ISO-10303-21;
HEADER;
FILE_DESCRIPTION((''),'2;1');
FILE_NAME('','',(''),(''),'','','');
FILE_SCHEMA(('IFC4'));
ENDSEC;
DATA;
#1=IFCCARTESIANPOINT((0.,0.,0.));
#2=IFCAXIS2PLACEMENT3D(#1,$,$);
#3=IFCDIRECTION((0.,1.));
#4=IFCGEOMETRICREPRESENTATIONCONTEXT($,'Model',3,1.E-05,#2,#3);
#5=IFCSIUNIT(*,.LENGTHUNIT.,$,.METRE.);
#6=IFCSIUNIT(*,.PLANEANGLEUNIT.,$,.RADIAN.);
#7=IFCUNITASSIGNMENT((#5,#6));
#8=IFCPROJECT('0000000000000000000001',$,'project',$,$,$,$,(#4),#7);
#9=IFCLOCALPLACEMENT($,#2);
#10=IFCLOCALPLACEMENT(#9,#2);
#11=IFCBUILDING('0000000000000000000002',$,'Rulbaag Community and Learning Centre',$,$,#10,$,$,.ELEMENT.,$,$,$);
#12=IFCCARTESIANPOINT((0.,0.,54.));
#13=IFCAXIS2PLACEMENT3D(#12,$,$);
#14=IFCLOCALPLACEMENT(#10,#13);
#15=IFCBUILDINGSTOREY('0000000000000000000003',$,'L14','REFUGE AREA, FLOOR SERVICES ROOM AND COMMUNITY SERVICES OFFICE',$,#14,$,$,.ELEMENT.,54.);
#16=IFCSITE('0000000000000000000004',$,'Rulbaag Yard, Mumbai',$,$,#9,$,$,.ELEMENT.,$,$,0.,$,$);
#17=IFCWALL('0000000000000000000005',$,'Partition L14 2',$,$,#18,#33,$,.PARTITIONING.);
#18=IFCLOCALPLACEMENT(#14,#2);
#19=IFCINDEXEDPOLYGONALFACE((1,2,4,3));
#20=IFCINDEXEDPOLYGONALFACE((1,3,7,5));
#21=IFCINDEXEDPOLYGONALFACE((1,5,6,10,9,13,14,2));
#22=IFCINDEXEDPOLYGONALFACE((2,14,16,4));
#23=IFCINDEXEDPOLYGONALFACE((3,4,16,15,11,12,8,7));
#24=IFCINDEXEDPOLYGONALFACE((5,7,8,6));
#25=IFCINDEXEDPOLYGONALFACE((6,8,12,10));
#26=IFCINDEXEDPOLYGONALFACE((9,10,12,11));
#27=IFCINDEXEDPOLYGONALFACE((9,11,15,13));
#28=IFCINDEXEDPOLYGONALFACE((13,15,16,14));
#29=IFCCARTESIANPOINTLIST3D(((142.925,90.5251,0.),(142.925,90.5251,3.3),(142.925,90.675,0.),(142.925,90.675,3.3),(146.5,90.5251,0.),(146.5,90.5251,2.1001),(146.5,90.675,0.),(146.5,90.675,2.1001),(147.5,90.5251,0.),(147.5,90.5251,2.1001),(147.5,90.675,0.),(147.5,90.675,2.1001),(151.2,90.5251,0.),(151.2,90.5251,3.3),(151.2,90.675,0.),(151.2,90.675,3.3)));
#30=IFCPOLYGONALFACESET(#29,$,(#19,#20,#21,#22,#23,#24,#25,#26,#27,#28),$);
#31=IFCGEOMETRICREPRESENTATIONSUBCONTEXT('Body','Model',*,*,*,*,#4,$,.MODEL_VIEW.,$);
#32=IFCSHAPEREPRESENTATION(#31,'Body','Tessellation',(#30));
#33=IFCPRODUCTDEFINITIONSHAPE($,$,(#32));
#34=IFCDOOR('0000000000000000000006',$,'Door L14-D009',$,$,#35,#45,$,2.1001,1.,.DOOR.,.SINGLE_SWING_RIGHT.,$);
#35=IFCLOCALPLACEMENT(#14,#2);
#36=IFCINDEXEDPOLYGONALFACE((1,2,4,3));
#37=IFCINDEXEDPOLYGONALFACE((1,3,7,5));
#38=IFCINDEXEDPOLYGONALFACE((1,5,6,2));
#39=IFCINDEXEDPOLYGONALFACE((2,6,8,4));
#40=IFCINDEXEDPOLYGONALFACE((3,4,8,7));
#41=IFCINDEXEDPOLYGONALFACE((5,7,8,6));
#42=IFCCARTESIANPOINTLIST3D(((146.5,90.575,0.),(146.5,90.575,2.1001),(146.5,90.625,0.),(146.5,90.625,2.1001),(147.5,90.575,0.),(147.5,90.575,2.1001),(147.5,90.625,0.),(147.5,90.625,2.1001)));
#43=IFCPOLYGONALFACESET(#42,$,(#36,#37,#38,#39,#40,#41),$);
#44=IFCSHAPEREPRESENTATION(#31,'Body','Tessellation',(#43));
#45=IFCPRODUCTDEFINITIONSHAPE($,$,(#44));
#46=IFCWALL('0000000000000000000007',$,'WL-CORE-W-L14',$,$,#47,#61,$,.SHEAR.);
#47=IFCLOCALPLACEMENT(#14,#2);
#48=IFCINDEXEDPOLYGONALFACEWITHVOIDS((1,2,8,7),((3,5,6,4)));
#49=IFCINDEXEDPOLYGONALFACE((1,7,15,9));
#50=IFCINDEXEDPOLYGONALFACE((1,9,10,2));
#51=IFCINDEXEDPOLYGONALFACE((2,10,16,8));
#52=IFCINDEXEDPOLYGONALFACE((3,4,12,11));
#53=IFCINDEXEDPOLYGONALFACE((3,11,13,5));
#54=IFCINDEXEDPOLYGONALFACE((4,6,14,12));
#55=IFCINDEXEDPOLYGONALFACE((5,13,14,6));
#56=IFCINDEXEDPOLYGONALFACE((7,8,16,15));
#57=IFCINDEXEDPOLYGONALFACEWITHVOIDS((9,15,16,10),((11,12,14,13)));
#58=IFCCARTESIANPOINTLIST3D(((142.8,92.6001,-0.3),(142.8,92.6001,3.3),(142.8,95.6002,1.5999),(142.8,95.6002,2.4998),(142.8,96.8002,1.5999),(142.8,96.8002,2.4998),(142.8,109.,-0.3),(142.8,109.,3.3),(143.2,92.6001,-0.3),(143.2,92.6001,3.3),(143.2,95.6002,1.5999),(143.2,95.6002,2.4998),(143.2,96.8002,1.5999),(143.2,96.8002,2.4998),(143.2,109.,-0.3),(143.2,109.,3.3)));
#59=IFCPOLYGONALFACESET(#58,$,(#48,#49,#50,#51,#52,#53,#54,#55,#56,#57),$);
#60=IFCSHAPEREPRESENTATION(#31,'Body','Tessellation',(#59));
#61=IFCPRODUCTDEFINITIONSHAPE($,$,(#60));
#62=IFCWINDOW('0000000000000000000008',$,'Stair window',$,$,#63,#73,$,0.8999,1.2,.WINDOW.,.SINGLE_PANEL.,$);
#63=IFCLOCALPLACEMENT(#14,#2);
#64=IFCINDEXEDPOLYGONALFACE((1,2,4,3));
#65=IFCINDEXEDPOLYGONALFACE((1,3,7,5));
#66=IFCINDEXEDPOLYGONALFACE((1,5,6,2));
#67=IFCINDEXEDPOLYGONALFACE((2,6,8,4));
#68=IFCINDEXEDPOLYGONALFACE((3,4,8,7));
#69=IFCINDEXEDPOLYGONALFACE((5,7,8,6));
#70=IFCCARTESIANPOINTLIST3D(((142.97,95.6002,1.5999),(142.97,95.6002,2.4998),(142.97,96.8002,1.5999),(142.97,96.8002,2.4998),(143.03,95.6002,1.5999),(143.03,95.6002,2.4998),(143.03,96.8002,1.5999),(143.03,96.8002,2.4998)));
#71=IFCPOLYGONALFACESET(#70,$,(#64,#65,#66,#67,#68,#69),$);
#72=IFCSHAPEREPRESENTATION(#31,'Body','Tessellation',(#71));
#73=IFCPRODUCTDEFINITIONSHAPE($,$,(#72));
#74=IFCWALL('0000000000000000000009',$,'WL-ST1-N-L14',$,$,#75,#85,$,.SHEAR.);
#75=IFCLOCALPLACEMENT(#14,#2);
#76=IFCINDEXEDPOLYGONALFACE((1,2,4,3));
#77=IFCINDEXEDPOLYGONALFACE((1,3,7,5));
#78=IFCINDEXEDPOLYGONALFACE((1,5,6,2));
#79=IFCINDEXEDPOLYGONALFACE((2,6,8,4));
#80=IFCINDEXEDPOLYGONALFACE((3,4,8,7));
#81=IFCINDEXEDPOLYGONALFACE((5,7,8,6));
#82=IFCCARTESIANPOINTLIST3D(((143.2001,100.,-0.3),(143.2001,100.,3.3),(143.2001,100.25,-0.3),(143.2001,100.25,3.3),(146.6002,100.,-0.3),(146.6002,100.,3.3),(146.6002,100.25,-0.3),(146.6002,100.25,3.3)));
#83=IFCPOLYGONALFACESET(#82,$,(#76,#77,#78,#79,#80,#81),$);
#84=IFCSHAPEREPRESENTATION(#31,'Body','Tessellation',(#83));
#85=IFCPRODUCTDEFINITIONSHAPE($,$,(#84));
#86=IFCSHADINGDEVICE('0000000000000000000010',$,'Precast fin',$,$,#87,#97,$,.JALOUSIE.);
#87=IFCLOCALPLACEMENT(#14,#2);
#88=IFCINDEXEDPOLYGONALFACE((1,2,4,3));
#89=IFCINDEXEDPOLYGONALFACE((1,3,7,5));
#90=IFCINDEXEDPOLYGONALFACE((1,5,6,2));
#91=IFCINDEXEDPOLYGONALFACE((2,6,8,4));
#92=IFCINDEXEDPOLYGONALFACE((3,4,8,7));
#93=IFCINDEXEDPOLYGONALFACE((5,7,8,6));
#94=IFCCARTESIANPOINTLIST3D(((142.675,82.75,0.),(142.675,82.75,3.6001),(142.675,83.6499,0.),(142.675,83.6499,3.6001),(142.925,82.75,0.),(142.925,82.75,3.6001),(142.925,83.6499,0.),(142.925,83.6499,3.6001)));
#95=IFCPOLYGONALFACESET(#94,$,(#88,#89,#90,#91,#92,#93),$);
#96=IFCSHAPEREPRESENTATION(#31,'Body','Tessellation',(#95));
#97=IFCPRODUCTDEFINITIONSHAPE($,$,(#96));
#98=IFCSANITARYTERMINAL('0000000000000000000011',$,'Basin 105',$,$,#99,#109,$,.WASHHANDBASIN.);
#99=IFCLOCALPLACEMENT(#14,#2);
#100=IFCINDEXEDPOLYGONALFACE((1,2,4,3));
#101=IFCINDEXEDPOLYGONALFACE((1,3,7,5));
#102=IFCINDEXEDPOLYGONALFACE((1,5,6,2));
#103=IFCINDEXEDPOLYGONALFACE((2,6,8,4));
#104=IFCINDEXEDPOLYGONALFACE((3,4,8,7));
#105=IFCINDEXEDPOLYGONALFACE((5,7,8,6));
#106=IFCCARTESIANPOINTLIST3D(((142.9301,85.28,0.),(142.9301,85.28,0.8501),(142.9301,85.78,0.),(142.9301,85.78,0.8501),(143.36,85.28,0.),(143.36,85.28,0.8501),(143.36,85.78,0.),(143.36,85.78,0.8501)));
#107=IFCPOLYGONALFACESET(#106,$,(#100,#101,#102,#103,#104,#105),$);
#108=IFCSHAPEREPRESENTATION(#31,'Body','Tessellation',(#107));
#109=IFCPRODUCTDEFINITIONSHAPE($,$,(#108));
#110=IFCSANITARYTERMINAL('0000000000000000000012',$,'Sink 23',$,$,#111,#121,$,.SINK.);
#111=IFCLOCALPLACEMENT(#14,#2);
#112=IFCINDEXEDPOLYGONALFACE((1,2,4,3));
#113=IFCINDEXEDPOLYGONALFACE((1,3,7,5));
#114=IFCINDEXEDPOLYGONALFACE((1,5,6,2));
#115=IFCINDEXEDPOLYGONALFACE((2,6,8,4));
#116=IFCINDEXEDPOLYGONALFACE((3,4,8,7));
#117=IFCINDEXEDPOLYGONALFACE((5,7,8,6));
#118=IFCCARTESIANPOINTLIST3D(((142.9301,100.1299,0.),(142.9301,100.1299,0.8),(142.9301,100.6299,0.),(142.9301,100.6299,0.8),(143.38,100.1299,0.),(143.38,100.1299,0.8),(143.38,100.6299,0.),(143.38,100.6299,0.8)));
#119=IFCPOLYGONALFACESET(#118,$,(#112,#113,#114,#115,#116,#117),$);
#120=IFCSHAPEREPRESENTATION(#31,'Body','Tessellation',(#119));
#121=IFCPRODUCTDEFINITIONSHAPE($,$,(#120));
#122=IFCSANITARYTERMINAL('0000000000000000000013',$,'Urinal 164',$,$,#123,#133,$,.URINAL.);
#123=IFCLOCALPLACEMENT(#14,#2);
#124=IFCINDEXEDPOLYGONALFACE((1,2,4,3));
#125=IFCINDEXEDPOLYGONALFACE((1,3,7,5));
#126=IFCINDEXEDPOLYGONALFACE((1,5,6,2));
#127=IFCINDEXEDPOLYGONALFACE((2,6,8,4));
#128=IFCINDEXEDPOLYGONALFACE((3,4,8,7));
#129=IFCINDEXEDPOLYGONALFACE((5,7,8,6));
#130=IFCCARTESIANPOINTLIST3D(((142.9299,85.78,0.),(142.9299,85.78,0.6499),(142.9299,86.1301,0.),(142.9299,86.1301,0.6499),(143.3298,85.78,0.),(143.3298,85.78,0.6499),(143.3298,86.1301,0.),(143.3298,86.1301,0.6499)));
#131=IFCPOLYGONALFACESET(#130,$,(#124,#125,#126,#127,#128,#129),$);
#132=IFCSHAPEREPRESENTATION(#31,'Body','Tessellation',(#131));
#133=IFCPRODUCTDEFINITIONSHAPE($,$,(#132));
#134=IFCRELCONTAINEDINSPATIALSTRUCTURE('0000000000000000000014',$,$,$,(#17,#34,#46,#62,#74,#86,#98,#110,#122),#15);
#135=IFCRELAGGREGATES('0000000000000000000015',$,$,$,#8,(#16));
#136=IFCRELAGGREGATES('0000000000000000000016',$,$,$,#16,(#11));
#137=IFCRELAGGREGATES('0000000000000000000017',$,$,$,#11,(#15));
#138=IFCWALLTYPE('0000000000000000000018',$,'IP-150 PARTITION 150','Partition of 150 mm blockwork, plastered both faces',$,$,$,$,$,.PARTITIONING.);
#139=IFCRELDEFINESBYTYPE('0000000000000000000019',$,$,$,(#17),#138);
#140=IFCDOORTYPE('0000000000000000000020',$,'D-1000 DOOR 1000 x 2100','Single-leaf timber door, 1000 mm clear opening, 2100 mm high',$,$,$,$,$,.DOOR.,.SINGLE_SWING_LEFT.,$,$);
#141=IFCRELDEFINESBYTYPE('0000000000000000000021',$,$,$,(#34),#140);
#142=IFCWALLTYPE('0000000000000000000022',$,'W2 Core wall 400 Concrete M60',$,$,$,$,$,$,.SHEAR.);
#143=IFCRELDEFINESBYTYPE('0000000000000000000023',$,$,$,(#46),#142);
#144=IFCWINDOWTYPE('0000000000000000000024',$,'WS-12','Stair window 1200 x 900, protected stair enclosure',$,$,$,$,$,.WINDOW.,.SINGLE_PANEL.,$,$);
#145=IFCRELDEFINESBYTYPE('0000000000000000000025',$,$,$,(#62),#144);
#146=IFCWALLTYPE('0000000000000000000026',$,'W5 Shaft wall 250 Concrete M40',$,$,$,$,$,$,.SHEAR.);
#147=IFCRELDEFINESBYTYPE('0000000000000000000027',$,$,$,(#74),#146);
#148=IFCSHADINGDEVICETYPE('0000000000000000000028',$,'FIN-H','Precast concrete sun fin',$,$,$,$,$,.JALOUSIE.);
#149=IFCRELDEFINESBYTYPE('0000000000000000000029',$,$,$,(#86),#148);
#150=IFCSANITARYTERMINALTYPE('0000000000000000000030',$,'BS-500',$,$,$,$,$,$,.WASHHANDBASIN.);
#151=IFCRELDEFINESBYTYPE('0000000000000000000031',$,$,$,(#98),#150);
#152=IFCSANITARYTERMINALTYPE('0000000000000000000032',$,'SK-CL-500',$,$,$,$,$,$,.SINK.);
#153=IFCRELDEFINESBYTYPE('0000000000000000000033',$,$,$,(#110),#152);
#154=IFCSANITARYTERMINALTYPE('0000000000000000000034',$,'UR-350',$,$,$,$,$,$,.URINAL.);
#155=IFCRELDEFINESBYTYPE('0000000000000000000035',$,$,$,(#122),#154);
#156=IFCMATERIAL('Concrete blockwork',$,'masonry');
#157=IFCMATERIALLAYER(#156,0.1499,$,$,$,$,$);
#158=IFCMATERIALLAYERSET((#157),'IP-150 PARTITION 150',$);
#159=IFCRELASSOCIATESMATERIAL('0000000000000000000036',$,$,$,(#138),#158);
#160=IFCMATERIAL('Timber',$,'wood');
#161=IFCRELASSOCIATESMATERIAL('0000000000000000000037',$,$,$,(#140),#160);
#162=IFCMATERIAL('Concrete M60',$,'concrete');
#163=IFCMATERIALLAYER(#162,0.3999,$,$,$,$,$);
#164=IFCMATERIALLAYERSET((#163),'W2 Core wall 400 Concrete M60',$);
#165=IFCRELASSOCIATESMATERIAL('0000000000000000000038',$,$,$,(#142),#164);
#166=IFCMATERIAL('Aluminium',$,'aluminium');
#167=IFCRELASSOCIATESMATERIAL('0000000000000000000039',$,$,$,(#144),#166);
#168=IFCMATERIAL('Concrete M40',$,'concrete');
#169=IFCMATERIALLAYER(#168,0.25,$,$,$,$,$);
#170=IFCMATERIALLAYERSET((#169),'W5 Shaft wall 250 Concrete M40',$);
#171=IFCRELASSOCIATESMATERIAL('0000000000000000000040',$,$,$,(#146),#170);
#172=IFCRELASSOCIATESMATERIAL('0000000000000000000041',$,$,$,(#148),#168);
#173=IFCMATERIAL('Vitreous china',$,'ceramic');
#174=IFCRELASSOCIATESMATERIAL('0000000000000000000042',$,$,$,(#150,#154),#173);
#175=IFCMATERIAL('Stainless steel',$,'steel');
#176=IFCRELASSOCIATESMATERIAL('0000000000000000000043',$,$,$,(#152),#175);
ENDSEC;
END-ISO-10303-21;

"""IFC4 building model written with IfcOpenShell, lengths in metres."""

from ifc_helpers import new_model, si_unit, direction, frame, frame_2d, origin, origin_2d, place, context, subcontext, project, spatial, rectangle, extrude, material, layer, layer_set, material_profile, profile_set, type_object, element, fill, save


model = new_model("IFC4")

# Units and contexts
model_context = context("Model", 3, precision=1e-05, world=origin(), true_north=direction((0.0, 1.0)))
body_context = subcontext(model_context, "Body", "Model", "MODEL_VIEW")
ifc_project = project(units=[si_unit("LENGTHUNIT", "METRE"), si_unit("PLANEANGLEUNIT", "RADIAN")], contexts=[model_context])

# Site, building, storey
site_placement = place(None, origin())
site = spatial("IfcSite", under=ifc_project, at=site_placement, Name="Rulbaag Yard, Mumbai", CompositionType="ELEMENT", RefElevation=0.0)
building_placement = place(site_placement, origin())
building = spatial("IfcBuilding", under=site, at=building_placement, Name="Rulbaag Community and Learning Centre", CompositionType="ELEMENT")
storey_placement = place(building_placement, frame((0.0, 0.0, 54.0)))
storey = spatial("IfcBuildingStorey", under=building, at=storey_placement, Name="L14", Description="REFUGE AREA, FLOOR SERVICES ROOM AND COMMUNITY SERVICES OFFICE", CompositionType="ELEMENT", Elevation=54.0)

# Shared definitions
ifc_material_1 = material(Name="Concrete M40", Category="concrete")

# Shared definitions
ifc_material_2 = material(Name="Aluminium", Category="aluminium")

# Shared definitions
ifc_material_3 = material(Name="Concrete blockwork", Category="masonry")
ifc_material_4 = material(Name="Timber", Category="wood")
ifc_layer_1 = layer(ifc_material_3, 0.1499)
ifc_layer_set_1 = layer_set([ifc_layer_1], Name="IP-150 PARTITION 150")
wall_type_1 = type_object("IfcWallType", Name="IP-150 PARTITION 150", Description="Partition of 150 mm blockwork, plastered both faces", PredefinedType="PARTITIONING", material=ifc_layer_set_1)

# Wall, opening, door
wall_1_placement = place(storey_placement, frame((142.925, 90.6001, 0.0), z_axis=(0.0, 0.0, 1.0), x_axis=(1.0, 0.0, 0.0)))
wall_1 = element("IfcWall", 1, at=wall_1_placement, inside=storey, type_object=wall_type_1, Name="Partition L14 2", PredefinedType="PARTITIONING", context=body_context, shape_type="SweptSolid", body=[
    extrude(rectangle(XDim=8.2749, YDim=0.1499, at=frame_2d((4.1375, 0.0))), origin(), (0.0, 0.0, 1.0), 3.3),
])
opening_1_placement = place(wall_1_placement, frame((3.575, 0.0, 0.0)))
opening_1 = element("IfcOpeningElement", 2, at=opening_1_placement, cuts=wall_1, PredefinedType="OPENING", context=body_context, shape_type="SweptSolid", body=[
    extrude(rectangle(XDim=1.0, YDim=2.1001, at=frame_2d((0.5, 1.05))), frame((0.0, 0.085, 0.0), z_axis=(0.0, -1.0, 0.0), x_axis=(1.0, 0.0, 0.0)), (0.0, 0.0, 1.0), 0.1699),
])
door_type_1 = type_object("IfcDoorType", Name="D-1000 DOOR 1000 x 2100", Description="Single-leaf timber door, 1000 mm clear opening, 2100 mm high", OperationType="SINGLE_SWING_LEFT", PredefinedType="DOOR", material=ifc_material_4)
door_1_placement = place(opening_1_placement, origin())
door_1 = element("IfcDoor", 3, at=door_1_placement, inside=storey, type_object=door_type_1, Name="Door L14-D009", OperationType="SINGLE_SWING_RIGHT", OverallHeight=2.1001, OverallWidth=1.0, PredefinedType="DOOR", context=body_context, shape_type="SweptSolid", body=[
    extrude(rectangle(XDim=1.0, YDim=2.1001, at=frame_2d((0.5, 1.05))), frame((0.0, 0.0249, 0.0), z_axis=(0.0, -1.0, 0.0), x_axis=(1.0, 0.0, 0.0)), (0.0, 0.0, 1.0), 0.05),
])
fill(opening_1, door_1)

# Wall, opening, window
ifc_material_5 = material(Name="Concrete M60", Category="concrete")
ifc_layer_2 = layer(ifc_material_5, 0.3999)
ifc_layer_set_2 = layer_set([ifc_layer_2], Name="W2 Core wall 400 Concrete M60")
wall_type_2 = type_object("IfcWallType", Name="W2 Core wall 400 Concrete M60", PredefinedType="SHEAR", material=ifc_layer_set_2)
wall_2_placement = place(storey_placement, frame((143.0, 92.6001, -0.3), z_axis=(0.0, 0.0, 1.0), x_axis=(0.0, 1.0, 0.0)))
wall_2 = element("IfcWall", 4, at=wall_2_placement, inside=storey, type_object=wall_type_2, Name="WL-CORE-W-L14", PredefinedType="SHEAR", context=body_context, shape_type="SweptSolid", body=[
    extrude(rectangle(XDim=16.3999, YDim=0.3999, at=frame_2d((8.2, 0.0))), origin(), (0.0, 0.0, 1.0), 3.6001),
])
opening_2_placement = place(wall_2_placement, frame((3.0, 0.0, 1.8999)))
opening_2 = element("IfcOpeningElement", 5, at=opening_2_placement, cuts=wall_2, PredefinedType="OPENING", context=body_context, shape_type="SweptSolid", body=[
    extrude(rectangle(XDim=1.2, YDim=0.8999, at=frame_2d((0.6001, 0.45))), frame((0.0, 0.21, 0.0), z_axis=(0.0, -1.0, 0.0), x_axis=(1.0, 0.0, 0.0)), (0.0, 0.0, 1.0), 0.4199),
])
window_type = type_object("IfcWindowType", Name="WS-12", Description="Stair window 1200 x 900, protected stair enclosure", PartitioningType="SINGLE_PANEL", PredefinedType="WINDOW", material=ifc_material_2)
window_placement = place(opening_2_placement, origin())
window = element("IfcWindow", 6, at=window_placement, inside=storey, type_object=window_type, Name="Stair window", OverallHeight=0.8999, OverallWidth=1.2, PartitioningType="SINGLE_PANEL", PredefinedType="WINDOW", context=body_context, shape_type="SweptSolid", body=[
    extrude(rectangle(XDim=1.2, YDim=0.8999, at=frame_2d((0.6001, 0.45))), frame((0.0, 0.03, 0.0), z_axis=(0.0, -1.0, 0.0), x_axis=(1.0, 0.0, 0.0)), (0.0, 0.0, 1.0), 0.0601),
])
fill(opening_2, window)

# Wall
ifc_layer_3 = layer(ifc_material_1, 0.25)
ifc_layer_set_3 = layer_set([ifc_layer_3], Name="W5 Shaft wall 250 Concrete M40")
wall_type_3 = type_object("IfcWallType", Name="W5 Shaft wall 250 Concrete M40", PredefinedType="SHEAR", material=ifc_layer_set_3)
wall_3_placement = place(storey_placement, frame((143.2, 100.125, -0.3), z_axis=(0.0, 0.0, 1.0), x_axis=(1.0, 0.0, 0.0)))
element("IfcWall", 7, at=wall_3_placement, inside=storey, type_object=wall_type_3, Name="WL-ST1-N-L14", PredefinedType="SHEAR", context=body_context, shape_type="SweptSolid", body=[
    extrude(rectangle(XDim=3.4001, YDim=0.25, at=frame_2d((1.7002, 0.0))), origin(), (0.0, 0.0, 1.0), 3.6001),
])

# Shading device
ifc_material_profile_1 = material_profile(ifc_material_1, rectangle(XDim=0.25, YDim=0.8999, at=origin_2d()), Name="PC 250x900")
ifc_profile_set_1 = profile_set([ifc_material_profile_1], Name="Concrete M40")
shading_device_type = type_object("IfcShadingDeviceType", Name="FIN-H", Description="Precast concrete sun fin", PredefinedType="JALOUSIE", material=ifc_profile_set_1)
shading_device_placement = place(storey_placement, frame((142.8, 83.2, 0.0), z_axis=(0.0, 0.0, 1.0), x_axis=(1.0, 0.0, 0.0)))
element("IfcShadingDevice", 8, at=shading_device_placement, inside=storey, type_object=shading_device_type, Name="Precast fin", PredefinedType="JALOUSIE", context=body_context, shape_type="SweptSolid", body=[
    extrude(rectangle(XDim=0.25, YDim=0.8999, at=origin_2d()), origin(), (0.0, 0.0, 1.0), 3.6001),
])

# Sanitary terminals
ifc_material_6 = material(Name="Vitreous china", Category="ceramic")
sanitary_terminal_type_1 = type_object("IfcSanitaryTerminalType", Name="BS-500", PredefinedType="WASHHANDBASIN", material=ifc_material_6)
sanitary_terminal_1_placement = place(storey_placement, frame((143.145, 85.53, 0.0), z_axis=(0.0, 0.0, 1.0), x_axis=(1.0, 0.0, 0.0)))
element("IfcSanitaryTerminal", 9, at=sanitary_terminal_1_placement, inside=storey, type_object=sanitary_terminal_type_1, Name="Basin 105", PredefinedType="WASHHANDBASIN", context=body_context, shape_type="SweptSolid", body=[
    extrude(rectangle(XDim=0.4299, YDim=0.5, at=origin_2d()), origin(), (0.0, 0.0, 1.0), 0.8501),
])
ifc_material_7 = material(Name="Stainless steel", Category="steel")
sanitary_terminal_type_2 = type_object("IfcSanitaryTerminalType", Name="SK-CL-500", PredefinedType="SINK", material=ifc_material_7)
sanitary_terminal_2_placement = place(storey_placement, frame((143.155, 100.3799, 0.0), z_axis=(0.0, 0.0, 1.0), x_axis=(1.0, 0.0, 0.0)))
element("IfcSanitaryTerminal", 10, at=sanitary_terminal_2_placement, inside=storey, type_object=sanitary_terminal_type_2, Name="Sink 23", PredefinedType="SINK", context=body_context, shape_type="SweptSolid", body=[
    extrude(rectangle(XDim=0.45, YDim=0.5, at=origin_2d()), origin(), (0.0, 0.0, 1.0), 0.8),
])
sanitary_terminal_type_3 = type_object("IfcSanitaryTerminalType", Name="UR-350", PredefinedType="URINAL", material=ifc_material_6)
sanitary_terminal_3_placement = place(storey_placement, frame((143.1299, 85.9551, 0.0), z_axis=(0.0, 0.0, 1.0), x_axis=(1.0, 0.0, 0.0)))
element("IfcSanitaryTerminal", 11, at=sanitary_terminal_3_placement, inside=storey, type_object=sanitary_terminal_type_3, Name="Urinal 164", PredefinedType="URINAL", context=body_context, shape_type="SweptSolid", body=[
    extrude(rectangle(XDim=0.3999, YDim=0.3501, at=origin_2d()), origin(), (0.0, 0.0, 1.0), 0.6499),
])

save(model, "model.ifc")
